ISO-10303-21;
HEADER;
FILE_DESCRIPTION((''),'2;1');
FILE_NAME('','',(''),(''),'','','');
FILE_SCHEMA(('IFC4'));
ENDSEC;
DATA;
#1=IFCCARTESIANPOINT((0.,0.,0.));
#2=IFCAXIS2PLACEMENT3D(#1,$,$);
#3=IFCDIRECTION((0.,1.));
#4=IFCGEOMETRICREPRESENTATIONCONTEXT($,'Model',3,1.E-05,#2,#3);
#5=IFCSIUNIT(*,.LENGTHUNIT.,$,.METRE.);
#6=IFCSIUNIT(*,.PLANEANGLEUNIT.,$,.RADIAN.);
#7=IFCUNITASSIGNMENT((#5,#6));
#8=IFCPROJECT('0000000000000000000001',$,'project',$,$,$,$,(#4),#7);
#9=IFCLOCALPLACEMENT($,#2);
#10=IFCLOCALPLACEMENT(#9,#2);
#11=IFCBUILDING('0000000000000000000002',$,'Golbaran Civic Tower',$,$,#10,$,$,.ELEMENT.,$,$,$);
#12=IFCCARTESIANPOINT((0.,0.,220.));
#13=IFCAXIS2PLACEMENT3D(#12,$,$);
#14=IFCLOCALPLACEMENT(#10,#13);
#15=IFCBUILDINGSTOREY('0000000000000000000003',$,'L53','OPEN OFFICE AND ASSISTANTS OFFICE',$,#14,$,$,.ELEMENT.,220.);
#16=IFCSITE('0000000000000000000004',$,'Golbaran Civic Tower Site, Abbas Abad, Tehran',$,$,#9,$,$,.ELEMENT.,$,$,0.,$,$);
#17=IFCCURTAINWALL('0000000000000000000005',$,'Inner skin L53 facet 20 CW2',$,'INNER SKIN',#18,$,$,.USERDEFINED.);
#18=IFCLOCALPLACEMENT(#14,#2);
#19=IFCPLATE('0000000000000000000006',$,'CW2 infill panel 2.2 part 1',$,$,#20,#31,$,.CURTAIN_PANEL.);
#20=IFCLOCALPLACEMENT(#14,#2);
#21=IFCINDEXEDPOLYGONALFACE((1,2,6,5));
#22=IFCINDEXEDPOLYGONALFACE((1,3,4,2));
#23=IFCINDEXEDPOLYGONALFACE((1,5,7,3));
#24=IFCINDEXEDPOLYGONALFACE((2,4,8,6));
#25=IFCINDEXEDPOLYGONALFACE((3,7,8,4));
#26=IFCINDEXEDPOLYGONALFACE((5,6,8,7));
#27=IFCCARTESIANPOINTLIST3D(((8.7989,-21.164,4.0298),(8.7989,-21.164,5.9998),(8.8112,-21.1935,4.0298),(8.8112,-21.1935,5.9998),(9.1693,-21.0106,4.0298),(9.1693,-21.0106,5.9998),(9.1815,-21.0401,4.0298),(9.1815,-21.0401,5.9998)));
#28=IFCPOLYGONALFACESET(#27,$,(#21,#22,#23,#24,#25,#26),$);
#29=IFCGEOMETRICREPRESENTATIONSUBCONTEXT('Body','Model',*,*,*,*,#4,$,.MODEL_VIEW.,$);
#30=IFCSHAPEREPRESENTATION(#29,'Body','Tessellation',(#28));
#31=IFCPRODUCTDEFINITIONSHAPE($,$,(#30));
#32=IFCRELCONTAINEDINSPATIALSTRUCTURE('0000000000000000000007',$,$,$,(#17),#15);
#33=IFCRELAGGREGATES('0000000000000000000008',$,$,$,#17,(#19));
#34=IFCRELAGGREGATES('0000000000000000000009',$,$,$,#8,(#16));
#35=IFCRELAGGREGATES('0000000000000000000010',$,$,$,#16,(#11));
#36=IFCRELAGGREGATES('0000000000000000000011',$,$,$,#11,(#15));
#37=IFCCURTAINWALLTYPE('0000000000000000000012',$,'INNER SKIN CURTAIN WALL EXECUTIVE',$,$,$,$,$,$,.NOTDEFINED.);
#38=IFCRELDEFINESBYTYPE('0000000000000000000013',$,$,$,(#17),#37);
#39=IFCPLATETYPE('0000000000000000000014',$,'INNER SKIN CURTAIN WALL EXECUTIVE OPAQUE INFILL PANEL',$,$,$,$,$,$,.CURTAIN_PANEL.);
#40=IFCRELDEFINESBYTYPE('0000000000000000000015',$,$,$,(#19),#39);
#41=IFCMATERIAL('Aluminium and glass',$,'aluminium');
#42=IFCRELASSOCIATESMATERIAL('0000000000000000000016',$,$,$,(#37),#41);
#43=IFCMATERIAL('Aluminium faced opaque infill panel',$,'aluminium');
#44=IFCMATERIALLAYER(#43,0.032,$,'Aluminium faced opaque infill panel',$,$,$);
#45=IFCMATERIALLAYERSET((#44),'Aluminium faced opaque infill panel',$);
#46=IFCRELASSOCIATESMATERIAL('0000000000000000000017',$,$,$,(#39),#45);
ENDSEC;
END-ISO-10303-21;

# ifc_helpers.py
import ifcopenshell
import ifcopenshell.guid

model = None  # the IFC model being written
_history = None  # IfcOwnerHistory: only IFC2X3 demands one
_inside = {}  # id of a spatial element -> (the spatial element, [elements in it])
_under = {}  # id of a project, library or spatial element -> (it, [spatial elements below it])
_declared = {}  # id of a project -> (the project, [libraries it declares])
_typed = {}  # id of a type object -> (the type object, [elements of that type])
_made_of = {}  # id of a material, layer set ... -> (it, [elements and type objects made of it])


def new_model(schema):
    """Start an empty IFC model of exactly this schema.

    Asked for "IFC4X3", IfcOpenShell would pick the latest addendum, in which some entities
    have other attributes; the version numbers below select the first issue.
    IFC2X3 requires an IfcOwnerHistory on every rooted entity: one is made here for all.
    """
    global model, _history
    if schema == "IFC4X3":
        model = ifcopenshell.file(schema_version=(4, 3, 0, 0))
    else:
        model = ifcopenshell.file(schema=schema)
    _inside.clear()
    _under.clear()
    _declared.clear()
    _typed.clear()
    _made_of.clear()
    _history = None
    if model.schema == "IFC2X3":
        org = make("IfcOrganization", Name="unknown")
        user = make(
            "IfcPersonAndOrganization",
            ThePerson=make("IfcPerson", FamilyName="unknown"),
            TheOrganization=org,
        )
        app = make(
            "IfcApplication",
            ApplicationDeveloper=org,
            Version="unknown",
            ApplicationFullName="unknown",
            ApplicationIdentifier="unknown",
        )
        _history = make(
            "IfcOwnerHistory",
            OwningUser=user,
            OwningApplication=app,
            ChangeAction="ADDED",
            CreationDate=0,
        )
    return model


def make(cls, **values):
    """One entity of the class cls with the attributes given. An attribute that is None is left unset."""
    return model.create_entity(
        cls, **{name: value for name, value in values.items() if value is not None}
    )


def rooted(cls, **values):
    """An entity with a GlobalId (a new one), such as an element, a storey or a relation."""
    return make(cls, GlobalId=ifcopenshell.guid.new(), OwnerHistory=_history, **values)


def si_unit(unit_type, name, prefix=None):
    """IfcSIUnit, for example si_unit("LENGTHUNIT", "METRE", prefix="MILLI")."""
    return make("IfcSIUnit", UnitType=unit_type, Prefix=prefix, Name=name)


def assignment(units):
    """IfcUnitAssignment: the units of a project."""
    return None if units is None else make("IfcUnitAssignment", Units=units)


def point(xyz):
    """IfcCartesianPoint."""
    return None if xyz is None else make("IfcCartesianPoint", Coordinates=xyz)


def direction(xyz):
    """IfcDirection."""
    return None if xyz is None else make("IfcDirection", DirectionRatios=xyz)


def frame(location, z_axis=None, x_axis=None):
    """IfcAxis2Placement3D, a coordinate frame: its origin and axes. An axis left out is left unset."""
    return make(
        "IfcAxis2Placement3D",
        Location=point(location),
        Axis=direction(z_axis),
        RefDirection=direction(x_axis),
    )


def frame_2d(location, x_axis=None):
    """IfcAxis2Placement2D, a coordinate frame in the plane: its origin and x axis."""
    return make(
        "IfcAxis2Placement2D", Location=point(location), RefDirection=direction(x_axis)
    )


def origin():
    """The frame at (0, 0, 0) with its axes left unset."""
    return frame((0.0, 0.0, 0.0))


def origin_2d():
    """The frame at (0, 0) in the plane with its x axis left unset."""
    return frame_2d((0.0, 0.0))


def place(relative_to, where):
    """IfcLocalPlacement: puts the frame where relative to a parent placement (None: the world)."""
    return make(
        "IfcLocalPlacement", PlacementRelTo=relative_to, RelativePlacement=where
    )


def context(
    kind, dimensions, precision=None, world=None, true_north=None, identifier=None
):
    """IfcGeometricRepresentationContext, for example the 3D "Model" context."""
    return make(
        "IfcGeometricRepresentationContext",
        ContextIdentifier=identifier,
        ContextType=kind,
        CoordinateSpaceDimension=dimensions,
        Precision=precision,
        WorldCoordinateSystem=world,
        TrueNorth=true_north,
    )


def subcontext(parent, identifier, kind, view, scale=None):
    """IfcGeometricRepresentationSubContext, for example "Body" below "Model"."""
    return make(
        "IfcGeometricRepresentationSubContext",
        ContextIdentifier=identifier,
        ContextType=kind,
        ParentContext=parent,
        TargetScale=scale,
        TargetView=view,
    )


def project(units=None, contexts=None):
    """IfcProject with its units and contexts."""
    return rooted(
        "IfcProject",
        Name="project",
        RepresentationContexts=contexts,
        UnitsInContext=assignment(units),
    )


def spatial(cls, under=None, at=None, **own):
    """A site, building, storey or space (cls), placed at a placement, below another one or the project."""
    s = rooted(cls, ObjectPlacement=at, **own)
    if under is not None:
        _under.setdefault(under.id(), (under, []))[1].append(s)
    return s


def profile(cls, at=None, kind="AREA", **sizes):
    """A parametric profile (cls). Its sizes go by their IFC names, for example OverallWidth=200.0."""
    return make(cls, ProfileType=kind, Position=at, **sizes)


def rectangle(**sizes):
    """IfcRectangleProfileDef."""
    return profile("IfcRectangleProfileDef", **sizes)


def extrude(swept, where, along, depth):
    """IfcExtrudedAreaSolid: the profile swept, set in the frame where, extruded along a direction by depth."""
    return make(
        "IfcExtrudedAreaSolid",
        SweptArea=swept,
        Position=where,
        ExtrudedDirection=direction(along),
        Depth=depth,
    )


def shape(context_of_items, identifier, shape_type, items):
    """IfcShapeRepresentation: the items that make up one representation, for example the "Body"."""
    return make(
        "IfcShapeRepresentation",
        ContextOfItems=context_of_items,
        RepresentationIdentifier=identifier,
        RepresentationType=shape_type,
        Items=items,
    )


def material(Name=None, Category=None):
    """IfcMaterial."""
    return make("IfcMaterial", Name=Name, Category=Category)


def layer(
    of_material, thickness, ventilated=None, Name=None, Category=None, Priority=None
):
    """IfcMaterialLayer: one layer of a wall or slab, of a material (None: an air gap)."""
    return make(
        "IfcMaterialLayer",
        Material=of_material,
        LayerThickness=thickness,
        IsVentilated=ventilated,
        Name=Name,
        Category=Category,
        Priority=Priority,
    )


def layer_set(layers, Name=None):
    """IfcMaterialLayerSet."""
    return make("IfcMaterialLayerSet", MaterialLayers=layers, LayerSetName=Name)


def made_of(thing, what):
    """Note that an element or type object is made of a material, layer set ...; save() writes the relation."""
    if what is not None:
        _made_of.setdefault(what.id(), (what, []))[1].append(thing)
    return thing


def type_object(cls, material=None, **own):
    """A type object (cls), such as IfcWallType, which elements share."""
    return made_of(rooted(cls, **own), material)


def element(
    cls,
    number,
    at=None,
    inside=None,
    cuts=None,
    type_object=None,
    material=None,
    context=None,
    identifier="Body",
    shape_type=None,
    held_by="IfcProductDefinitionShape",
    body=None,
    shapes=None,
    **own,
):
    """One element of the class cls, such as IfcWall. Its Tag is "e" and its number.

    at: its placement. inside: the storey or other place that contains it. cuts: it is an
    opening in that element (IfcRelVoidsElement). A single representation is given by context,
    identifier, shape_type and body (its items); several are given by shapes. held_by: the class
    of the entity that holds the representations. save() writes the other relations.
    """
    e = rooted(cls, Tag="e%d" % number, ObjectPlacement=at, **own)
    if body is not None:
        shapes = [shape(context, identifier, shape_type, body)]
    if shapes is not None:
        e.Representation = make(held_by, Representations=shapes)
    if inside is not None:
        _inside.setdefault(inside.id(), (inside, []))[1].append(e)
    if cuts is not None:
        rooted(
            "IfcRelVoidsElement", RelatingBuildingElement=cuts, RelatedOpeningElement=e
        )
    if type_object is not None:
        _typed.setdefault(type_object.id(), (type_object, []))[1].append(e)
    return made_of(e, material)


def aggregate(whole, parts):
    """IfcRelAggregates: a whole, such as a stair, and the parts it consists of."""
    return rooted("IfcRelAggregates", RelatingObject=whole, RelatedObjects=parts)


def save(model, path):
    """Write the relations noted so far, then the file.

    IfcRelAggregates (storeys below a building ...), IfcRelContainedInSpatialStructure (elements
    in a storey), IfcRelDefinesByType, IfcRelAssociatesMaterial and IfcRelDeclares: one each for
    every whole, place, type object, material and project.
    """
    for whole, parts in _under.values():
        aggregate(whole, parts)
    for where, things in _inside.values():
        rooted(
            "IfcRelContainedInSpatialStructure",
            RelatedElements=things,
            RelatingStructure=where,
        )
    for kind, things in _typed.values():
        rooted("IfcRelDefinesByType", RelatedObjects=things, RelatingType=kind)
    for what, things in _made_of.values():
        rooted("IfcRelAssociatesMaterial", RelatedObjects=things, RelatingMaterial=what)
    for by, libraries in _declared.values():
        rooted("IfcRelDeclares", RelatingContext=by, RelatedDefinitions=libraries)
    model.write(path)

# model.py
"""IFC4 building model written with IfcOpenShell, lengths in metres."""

from ifc_helpers import new_model, si_unit, direction, frame, origin, origin_2d, place, context, subcontext, project, spatial, rectangle, extrude, material, layer, layer_set, type_object, element, aggregate, save


model = new_model("IFC4")

# Units and contexts
model_context = context("Model", 3, precision=1e-05, world=origin(), true_north=direction((0.0, 1.0)))
body_context = subcontext(model_context, "Body", "Model", "MODEL_VIEW")
ifc_project = project(units=[si_unit("LENGTHUNIT", "METRE"), si_unit("PLANEANGLEUNIT", "RADIAN")], contexts=[model_context])

# Site, building, storey
site_placement = place(None, origin())
site = spatial("IfcSite", under=ifc_project, at=site_placement, Name="Golbaran Civic Tower Site, Abbas Abad, Tehran", CompositionType="ELEMENT", RefElevation=0.0)
building_placement = place(site_placement, origin())
building = spatial("IfcBuilding", under=site, at=building_placement, Name="Golbaran Civic Tower", CompositionType="ELEMENT")
storey_placement = place(building_placement, frame((0.0, 0.0, 220.0)))
storey = spatial("IfcBuildingStorey", under=building, at=storey_placement, Name="L53", Description="OPEN OFFICE AND ASSISTANTS OFFICE", CompositionType="ELEMENT", Elevation=220.0)

# Curtain wall
ifc_material_1 = material(Name="Aluminium and glass", Category="aluminium")
curtain_wall_type = type_object("IfcCurtainWallType", Name="INNER SKIN CURTAIN WALL EXECUTIVE", PredefinedType="NOTDEFINED", material=ifc_material_1)
curtain_wall_1_placement = place(storey_placement, origin())
curtain_wall_1 = element("IfcCurtainWall", 1, at=curtain_wall_1_placement, inside=storey, type_object=curtain_wall_type, Name="Inner skin L53 facet 20 CW2", ObjectType="INNER SKIN", PredefinedType="USERDEFINED")

# Plate
ifc_material_2 = material(Name="Aluminium faced opaque infill panel", Category="aluminium")
ifc_layer_1 = layer(ifc_material_2, 0.032, Name="Aluminium faced opaque infill panel")
ifc_layer_set_1 = layer_set([ifc_layer_1], Name="Aluminium faced opaque infill panel")
plate_type_1 = type_object("IfcPlateType", Name="INNER SKIN CURTAIN WALL EXECUTIVE OPAQUE INFILL PANEL", PredefinedType="CURTAIN_PANEL", material=ifc_layer_set_1)
plate_1_placement = place(storey_placement, frame((8.9902, -21.1021, 4.0298), z_axis=(0.0, 0.0, 1.0), x_axis=(0.92388, 0.382683, 0.0)))
plate_1 = element("IfcPlate", 2, at=plate_1_placement, type_object=plate_type_1, Name="CW2 infill panel 2.2 part 1", PredefinedType="CURTAIN_PANEL", context=body_context, shape_type="SweptSolid", body=[
    extrude(rectangle(XDim=0.4009, YDim=0.032, at=origin_2d()), origin(), (0.0, 0.0, 1.0), 1.97),
])
aggregate(curtain_wall_1, [plate_1])

save(model, "model.ifc")
